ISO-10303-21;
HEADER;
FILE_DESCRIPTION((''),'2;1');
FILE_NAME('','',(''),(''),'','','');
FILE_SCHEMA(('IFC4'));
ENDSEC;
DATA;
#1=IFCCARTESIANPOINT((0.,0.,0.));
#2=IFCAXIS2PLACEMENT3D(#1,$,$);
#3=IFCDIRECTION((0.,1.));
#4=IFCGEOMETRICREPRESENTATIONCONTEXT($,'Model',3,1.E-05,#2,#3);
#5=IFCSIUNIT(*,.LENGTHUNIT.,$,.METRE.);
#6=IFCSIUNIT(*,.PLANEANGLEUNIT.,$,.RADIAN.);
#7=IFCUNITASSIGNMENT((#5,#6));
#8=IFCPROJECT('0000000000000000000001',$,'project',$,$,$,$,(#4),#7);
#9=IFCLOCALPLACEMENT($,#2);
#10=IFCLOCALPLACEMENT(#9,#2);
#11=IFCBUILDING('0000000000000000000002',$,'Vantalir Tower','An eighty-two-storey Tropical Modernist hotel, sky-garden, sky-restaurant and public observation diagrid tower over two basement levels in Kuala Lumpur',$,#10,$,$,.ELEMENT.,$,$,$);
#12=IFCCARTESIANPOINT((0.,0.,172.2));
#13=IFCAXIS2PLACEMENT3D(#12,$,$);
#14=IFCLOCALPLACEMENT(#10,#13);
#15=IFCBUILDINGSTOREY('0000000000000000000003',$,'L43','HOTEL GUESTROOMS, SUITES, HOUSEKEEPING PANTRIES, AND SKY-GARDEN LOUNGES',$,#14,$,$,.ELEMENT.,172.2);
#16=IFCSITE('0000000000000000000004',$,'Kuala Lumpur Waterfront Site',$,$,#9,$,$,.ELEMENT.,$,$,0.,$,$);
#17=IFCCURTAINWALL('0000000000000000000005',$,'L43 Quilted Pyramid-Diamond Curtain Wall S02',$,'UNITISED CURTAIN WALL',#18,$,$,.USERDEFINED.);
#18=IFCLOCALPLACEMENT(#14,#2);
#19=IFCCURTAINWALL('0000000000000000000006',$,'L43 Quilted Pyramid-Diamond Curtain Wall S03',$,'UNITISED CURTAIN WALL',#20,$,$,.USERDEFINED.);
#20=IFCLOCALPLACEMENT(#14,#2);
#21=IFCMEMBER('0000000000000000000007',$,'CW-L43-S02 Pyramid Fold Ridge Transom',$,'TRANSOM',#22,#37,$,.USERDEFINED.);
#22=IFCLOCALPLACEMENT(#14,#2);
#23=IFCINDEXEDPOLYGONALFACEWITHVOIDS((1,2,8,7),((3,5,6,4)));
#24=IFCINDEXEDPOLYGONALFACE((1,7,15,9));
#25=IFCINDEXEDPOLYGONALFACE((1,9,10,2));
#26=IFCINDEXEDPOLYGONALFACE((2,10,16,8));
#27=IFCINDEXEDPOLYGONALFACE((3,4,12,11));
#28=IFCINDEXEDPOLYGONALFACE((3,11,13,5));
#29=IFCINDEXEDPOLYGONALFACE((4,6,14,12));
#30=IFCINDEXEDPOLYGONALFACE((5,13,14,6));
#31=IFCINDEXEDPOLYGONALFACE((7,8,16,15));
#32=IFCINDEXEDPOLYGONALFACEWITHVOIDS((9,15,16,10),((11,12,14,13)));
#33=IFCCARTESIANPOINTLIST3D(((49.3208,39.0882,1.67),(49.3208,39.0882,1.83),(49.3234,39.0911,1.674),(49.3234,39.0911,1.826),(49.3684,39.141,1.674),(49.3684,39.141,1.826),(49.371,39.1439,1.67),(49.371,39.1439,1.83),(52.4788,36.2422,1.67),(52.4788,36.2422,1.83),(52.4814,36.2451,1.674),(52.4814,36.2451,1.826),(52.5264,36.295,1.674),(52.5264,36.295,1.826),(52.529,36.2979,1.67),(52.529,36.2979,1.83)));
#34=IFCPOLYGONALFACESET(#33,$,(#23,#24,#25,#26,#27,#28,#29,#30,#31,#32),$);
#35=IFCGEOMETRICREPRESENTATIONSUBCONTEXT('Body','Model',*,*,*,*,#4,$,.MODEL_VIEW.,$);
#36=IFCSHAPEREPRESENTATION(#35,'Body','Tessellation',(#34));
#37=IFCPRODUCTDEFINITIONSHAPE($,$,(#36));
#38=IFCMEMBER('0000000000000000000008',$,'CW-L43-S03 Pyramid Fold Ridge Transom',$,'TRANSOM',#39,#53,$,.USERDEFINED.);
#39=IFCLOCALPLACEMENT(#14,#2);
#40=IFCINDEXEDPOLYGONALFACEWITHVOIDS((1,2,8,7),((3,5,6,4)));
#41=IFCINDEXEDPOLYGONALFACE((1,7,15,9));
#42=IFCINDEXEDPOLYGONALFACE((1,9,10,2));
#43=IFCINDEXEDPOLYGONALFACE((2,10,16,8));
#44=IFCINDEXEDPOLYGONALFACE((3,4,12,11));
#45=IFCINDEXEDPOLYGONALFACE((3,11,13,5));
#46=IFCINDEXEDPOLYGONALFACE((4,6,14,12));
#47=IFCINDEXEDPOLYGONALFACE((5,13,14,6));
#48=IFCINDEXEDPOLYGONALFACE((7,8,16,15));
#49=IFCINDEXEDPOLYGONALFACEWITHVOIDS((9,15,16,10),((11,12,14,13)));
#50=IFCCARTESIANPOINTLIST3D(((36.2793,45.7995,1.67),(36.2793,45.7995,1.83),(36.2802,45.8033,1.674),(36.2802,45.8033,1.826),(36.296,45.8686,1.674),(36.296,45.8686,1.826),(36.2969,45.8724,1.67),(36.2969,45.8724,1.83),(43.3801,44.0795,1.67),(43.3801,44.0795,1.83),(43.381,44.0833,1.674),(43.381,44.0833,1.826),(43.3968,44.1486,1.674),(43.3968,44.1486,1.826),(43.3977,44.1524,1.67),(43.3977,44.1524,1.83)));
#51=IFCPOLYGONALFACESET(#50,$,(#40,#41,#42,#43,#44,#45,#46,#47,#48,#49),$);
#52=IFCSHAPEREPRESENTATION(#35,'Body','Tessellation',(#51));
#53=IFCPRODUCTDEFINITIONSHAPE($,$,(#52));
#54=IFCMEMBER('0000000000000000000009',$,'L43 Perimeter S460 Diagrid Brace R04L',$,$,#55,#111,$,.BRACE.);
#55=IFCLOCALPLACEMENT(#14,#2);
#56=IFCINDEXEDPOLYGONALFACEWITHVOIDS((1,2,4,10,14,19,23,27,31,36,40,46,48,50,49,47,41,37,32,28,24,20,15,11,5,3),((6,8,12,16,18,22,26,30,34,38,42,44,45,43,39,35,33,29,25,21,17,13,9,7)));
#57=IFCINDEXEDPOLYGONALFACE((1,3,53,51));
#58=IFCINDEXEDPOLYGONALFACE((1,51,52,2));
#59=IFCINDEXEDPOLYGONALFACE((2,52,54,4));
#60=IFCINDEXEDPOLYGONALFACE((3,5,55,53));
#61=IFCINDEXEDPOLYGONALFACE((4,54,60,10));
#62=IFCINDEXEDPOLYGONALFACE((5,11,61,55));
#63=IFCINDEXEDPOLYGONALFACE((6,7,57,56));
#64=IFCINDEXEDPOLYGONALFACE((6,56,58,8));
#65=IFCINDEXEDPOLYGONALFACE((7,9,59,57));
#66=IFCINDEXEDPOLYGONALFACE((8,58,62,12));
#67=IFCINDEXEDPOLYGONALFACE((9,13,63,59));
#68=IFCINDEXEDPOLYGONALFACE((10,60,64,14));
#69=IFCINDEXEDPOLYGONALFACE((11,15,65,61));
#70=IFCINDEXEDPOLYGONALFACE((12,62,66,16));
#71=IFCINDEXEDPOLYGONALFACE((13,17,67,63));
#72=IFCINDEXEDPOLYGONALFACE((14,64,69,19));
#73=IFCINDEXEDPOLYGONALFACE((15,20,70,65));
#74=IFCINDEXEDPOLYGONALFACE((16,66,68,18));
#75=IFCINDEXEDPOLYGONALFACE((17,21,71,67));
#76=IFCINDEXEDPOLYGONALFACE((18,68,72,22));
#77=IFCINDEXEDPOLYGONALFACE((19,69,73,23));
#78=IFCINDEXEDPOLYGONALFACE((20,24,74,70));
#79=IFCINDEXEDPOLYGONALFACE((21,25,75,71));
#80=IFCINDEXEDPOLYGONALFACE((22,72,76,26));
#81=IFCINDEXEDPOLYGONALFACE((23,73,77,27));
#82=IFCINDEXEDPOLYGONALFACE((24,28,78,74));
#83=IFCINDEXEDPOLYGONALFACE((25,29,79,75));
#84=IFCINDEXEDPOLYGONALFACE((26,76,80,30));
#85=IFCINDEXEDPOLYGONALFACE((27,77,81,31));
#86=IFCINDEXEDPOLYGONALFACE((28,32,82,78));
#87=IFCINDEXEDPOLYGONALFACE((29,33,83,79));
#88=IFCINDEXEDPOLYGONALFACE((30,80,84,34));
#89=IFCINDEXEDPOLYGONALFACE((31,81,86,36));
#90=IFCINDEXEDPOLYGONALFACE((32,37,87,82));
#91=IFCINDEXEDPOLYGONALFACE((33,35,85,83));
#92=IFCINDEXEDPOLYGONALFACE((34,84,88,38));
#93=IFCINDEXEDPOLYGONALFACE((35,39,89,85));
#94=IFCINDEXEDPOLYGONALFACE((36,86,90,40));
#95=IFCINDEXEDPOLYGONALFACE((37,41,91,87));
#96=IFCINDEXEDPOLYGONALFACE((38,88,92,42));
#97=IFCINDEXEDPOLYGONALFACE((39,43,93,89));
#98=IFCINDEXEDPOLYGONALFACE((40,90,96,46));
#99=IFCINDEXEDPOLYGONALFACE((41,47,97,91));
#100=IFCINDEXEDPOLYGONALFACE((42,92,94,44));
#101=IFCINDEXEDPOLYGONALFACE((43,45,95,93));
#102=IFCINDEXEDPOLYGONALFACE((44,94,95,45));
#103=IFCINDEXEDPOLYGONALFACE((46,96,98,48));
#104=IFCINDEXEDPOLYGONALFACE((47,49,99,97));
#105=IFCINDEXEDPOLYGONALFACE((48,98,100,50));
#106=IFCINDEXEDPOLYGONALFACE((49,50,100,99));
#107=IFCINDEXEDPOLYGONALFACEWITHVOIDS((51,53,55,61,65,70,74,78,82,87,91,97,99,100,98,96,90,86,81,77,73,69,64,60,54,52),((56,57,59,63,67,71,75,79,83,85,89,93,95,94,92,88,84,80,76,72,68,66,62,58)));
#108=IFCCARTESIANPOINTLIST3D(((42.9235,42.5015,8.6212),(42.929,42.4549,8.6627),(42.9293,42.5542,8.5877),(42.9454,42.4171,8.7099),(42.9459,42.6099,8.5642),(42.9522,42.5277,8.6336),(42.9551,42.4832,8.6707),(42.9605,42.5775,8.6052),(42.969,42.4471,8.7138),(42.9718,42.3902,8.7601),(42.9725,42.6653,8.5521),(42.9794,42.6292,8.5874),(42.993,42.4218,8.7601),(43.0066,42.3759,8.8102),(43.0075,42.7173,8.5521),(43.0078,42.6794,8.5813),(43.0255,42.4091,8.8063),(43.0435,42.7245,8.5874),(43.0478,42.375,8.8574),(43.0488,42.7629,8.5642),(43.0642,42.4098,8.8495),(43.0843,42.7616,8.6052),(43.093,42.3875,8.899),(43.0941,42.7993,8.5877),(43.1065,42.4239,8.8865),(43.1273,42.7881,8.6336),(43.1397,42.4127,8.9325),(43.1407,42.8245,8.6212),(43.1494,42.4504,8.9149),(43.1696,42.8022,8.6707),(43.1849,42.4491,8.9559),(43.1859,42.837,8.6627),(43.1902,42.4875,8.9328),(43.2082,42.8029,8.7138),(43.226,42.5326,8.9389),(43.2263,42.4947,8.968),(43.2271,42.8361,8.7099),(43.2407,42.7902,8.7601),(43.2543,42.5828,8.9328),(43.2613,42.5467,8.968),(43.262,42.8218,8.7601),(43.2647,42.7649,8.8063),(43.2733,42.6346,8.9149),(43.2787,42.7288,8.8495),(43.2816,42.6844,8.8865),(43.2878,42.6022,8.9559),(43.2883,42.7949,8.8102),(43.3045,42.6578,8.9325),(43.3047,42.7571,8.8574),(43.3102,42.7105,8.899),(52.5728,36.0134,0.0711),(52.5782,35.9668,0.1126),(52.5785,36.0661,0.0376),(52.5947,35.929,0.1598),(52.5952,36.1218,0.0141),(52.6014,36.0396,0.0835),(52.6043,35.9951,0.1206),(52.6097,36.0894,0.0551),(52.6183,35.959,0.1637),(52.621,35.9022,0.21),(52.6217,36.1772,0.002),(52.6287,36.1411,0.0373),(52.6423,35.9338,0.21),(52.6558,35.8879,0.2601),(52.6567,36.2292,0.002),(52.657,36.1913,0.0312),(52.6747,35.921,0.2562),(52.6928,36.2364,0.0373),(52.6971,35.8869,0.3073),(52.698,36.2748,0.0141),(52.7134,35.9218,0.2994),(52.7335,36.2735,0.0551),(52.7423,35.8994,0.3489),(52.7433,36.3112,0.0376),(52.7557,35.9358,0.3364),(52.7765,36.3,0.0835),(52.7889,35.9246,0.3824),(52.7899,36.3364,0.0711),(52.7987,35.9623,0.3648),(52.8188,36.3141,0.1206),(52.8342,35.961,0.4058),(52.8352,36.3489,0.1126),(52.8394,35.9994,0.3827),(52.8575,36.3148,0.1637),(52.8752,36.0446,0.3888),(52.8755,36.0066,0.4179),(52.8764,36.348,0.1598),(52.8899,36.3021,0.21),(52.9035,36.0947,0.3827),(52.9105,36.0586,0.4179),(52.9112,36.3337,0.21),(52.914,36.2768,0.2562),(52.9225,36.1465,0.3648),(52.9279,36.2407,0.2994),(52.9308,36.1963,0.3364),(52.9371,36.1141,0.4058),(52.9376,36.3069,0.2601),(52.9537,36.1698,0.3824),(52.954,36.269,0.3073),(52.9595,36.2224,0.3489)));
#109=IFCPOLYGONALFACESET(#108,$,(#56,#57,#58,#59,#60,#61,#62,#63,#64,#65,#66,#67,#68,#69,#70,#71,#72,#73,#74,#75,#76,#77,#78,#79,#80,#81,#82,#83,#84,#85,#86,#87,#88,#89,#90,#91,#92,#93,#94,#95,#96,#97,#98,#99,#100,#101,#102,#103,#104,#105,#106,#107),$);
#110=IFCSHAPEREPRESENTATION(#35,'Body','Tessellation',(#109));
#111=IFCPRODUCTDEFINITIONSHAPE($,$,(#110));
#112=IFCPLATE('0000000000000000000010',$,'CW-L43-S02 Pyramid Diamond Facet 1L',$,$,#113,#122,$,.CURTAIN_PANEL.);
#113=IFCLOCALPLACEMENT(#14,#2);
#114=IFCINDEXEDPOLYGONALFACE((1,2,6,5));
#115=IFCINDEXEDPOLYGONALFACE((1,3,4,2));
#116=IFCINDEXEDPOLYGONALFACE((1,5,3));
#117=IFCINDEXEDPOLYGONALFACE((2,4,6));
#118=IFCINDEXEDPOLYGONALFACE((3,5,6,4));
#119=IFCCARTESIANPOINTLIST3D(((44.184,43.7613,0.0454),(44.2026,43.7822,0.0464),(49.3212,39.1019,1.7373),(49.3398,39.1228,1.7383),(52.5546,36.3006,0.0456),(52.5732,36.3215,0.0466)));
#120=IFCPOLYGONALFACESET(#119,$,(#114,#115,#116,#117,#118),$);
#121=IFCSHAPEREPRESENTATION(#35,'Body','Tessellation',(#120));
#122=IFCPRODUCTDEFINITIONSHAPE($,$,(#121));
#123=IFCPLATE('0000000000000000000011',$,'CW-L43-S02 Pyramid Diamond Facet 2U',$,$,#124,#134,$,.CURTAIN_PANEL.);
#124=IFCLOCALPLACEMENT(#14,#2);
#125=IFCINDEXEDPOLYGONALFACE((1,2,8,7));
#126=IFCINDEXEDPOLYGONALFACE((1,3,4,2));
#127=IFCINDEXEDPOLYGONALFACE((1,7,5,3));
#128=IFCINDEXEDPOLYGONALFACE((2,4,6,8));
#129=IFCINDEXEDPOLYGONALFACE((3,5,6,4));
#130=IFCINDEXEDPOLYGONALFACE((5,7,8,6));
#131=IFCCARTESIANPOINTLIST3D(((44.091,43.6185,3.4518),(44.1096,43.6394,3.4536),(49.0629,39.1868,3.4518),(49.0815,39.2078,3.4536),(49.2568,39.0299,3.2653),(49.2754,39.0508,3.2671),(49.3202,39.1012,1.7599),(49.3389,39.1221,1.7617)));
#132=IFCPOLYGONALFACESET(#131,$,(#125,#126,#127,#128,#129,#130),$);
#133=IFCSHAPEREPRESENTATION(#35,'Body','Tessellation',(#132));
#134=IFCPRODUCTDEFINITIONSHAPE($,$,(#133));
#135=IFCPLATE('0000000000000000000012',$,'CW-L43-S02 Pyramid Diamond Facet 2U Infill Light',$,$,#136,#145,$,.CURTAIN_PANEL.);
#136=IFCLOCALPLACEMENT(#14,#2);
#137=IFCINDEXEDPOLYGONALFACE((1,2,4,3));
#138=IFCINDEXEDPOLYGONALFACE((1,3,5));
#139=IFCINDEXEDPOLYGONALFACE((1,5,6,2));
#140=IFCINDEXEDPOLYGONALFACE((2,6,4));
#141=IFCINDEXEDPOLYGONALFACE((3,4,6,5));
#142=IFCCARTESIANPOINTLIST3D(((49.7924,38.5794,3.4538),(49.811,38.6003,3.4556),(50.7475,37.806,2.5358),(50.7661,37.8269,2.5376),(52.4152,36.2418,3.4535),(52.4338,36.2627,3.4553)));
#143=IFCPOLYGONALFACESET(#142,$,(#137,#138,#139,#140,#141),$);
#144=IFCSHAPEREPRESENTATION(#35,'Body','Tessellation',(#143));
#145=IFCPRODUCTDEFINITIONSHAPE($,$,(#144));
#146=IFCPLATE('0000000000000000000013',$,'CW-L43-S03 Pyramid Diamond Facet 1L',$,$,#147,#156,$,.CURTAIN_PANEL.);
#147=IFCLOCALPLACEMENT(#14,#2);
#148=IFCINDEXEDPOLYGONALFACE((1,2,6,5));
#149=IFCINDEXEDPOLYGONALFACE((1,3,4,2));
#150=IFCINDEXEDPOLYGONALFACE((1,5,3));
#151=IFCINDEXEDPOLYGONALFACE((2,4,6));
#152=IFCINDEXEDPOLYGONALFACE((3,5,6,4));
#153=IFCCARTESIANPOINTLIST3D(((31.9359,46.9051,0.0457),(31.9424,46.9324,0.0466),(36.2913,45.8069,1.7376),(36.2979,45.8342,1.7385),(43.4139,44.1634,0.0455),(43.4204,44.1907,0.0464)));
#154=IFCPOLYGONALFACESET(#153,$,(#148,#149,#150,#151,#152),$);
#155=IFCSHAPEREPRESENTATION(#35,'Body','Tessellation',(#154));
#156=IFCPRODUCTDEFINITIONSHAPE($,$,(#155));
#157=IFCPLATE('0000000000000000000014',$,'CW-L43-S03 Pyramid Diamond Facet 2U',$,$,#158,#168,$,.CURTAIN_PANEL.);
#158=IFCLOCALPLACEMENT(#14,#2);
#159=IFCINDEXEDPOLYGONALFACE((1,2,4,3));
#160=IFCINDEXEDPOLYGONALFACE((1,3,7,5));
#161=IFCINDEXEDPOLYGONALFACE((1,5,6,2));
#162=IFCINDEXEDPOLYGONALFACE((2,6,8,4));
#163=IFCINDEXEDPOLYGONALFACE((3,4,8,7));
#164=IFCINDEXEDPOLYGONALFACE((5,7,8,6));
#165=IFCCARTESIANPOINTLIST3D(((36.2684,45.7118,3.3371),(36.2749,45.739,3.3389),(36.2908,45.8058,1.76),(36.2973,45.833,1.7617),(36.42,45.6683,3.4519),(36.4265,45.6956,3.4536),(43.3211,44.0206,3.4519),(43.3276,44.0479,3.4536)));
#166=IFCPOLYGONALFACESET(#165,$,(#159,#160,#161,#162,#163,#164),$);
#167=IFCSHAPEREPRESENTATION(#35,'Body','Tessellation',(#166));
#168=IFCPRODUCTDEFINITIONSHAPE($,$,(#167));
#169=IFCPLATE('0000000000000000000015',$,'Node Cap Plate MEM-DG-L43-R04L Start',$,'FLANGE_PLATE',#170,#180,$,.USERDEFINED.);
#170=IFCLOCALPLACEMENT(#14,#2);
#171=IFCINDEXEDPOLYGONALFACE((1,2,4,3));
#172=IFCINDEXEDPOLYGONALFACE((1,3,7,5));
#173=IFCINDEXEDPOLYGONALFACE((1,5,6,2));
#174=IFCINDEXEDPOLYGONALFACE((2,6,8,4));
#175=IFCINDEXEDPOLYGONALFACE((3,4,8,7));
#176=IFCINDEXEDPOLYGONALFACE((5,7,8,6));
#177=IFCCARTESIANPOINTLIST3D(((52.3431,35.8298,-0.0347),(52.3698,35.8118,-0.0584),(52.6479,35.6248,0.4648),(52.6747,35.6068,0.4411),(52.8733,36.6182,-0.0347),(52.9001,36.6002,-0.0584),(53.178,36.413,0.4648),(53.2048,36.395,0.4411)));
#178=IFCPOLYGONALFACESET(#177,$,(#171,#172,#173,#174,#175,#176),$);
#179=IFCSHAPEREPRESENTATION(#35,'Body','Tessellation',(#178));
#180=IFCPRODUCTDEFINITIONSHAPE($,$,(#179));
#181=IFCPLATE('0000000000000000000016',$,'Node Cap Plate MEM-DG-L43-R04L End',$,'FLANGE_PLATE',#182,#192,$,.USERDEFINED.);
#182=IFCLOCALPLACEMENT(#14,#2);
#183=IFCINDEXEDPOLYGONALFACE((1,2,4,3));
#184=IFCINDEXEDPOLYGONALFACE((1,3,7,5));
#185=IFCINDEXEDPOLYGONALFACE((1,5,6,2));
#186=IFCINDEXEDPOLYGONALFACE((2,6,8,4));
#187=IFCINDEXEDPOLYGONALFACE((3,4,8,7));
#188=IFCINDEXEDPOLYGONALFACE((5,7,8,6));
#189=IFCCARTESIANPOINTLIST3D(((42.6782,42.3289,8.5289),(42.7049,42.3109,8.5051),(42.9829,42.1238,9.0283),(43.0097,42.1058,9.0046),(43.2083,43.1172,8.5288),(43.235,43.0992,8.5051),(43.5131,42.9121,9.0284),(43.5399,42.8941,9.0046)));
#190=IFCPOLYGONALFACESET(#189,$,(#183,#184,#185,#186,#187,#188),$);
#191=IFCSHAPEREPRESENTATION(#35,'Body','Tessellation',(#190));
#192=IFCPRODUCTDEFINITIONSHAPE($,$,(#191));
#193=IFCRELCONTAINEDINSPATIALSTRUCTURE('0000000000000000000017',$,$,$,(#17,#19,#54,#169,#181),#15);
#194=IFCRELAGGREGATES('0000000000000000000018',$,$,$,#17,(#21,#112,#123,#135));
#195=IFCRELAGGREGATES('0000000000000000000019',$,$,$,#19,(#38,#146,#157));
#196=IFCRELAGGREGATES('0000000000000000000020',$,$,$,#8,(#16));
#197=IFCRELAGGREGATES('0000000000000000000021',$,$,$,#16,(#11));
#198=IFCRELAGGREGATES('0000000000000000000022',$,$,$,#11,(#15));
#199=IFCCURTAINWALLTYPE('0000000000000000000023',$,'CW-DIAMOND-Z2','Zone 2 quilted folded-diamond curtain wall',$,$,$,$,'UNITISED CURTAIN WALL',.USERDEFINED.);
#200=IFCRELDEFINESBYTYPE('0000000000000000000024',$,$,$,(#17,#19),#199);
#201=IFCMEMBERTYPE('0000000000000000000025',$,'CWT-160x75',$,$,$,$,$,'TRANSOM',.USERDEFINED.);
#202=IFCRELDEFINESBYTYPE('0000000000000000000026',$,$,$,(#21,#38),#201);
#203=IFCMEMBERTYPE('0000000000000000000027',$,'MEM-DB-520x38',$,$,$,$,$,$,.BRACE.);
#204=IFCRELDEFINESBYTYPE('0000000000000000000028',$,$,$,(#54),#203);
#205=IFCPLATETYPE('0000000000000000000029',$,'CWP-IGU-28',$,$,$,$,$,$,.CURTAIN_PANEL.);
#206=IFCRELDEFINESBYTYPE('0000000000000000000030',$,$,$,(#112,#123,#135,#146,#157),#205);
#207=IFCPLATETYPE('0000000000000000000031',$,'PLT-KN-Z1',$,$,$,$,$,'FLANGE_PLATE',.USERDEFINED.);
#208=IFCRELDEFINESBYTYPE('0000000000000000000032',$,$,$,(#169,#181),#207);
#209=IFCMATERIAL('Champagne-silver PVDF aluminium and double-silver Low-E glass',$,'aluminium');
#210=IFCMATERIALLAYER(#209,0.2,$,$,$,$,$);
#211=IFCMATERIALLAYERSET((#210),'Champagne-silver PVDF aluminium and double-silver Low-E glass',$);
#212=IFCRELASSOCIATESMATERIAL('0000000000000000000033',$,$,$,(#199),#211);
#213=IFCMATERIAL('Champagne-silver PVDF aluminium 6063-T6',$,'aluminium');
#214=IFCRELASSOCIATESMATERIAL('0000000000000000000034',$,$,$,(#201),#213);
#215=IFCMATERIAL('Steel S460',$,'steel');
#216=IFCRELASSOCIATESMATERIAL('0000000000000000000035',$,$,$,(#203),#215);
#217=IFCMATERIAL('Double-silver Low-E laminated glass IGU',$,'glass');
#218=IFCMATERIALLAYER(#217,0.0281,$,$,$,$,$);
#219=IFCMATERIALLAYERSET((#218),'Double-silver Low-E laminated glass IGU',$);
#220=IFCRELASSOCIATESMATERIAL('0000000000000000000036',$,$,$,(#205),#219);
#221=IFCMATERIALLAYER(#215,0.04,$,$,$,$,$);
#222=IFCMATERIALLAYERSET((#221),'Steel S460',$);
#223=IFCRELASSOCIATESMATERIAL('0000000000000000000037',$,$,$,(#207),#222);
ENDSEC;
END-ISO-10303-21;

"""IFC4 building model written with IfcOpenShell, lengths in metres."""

from ifc_helpers import new_model, si_unit, direction, frame, origin, origin_2d, place, context, subcontext, project, spatial, polyline, hollow_rectangle, hollow_circle, outline, extrude, material, layer, layer_set, material_profile, profile_set, type_object, element, aggregate, save


model = new_model("IFC4")

# Units and contexts
model_context = context("Model", 3, precision=1e-05, world=origin(), true_north=direction((0.0, 1.0)))
body_context = subcontext(model_context, "Body", "Model", "MODEL_VIEW")
ifc_project = project(units=[si_unit("LENGTHUNIT", "METRE"), si_unit("PLANEANGLEUNIT", "RADIAN")], contexts=[model_context])

# Site, building, storey
site_placement = place(None, origin())
site = spatial("IfcSite", under=ifc_project, at=site_placement, Name="Kuala Lumpur Waterfront Site", CompositionType="ELEMENT", RefElevation=0.0)
building_placement = place(site_placement, origin())
building = spatial("IfcBuilding", under=site, at=building_placement, Name="Vantalir Tower", Description="An eighty-two-storey Tropical Modernist hotel, sky-garden, sky-restaurant and public observation diagrid tower over two basement levels in Kuala Lumpur", CompositionType="ELEMENT")
storey_placement = place(building_placement, frame((0.0, 0.0, 172.2)))
storey = spatial("IfcBuildingStorey", under=building, at=storey_placement, Name="L43", Description="HOTEL GUESTROOMS, SUITES, HOUSEKEEPING PANTRIES, AND SKY-GARDEN LOUNGES", CompositionType="ELEMENT", Elevation=172.2)

# Shared definitions
ifc_material_1 = material(Name="Steel S460", Category="steel")

# Curtain wall
ifc_material_2 = material(Name="Champagne-silver PVDF aluminium and double-silver Low-E glass", Category="aluminium")
ifc_layer_1 = layer(ifc_material_2, 0.2)
ifc_layer_set_1 = layer_set([ifc_layer_1], Name="Champagne-silver PVDF aluminium and double-silver Low-E glass")
curtain_wall_type = type_object("IfcCurtainWallType", Name="CW-DIAMOND-Z2", Description="Zone 2 quilted folded-diamond curtain wall", ElementType="UNITISED CURTAIN WALL", PredefinedType="USERDEFINED", material=ifc_layer_set_1)
curtain_wall_1_placement = place(storey_placement, origin())
curtain_wall_1 = element("IfcCurtainWall", 1, at=curtain_wall_1_placement, inside=storey, type_object=curtain_wall_type, Name="L43 Quilted Pyramid-Diamond Curtain Wall S02", ObjectType="UNITISED CURTAIN WALL", PredefinedType="USERDEFINED")
ifc_material_3 = material(Name="Champagne-silver PVDF aluminium 6063-T6", Category="aluminium")

# Curtain wall
curtain_wall_2_placement = place(storey_placement, origin())
curtain_wall_2 = element("IfcCurtainWall", 2, at=curtain_wall_2_placement, inside=storey, type_object=curtain_wall_type, Name="L43 Quilted Pyramid-Diamond Curtain Wall S03", ObjectType="UNITISED CURTAIN WALL", PredefinedType="USERDEFINED")

# Members
ifc_material_profile_1 = material_profile(ifc_material_3, hollow_rectangle(XDim=0.075, YDim=0.1599, WallThickness=0.0039, at=origin_2d()), Name="Champagne-silver PVDF aluminium 6063-T6")
ifc_profile_set_1 = profile_set([ifc_material_profile_1], Name="Champagne-silver PVDF aluminium 6063-T6")
member_type_1 = type_object("IfcMemberType", Name="CWT-160x75", ElementType="TRANSOM", PredefinedType="USERDEFINED", material=ifc_profile_set_1)
member_1_placement = place(storey_placement, frame((52.5039, 36.27, 1.75), z_axis=(-0.742851, 0.669456, 0.0), x_axis=(-0.669456, -0.742851, 0.0)))
member_1 = element("IfcMember", 3, at=member_1_placement, type_object=member_type_1, Name="CW-L43-S02 Pyramid Fold Ridge Transom", ObjectType="TRANSOM", PredefinedType="USERDEFINED", context=body_context, shape_type="SweptSolid", body=[
    extrude(hollow_rectangle(XDim=0.075, YDim=0.1599, WallThickness=0.0039, at=origin_2d()), origin(), (0.0, 0.0, 1.0), 4.2512),
])
member_2_placement = place(storey_placement, frame((43.3889, 44.116, 1.75), z_axis=(-0.971895, 0.235414, 0.0), x_axis=(-0.235414, -0.971895, 0.0)))
member_2 = element("IfcMember", 4, at=member_2_placement, type_object=member_type_1, Name="CW-L43-S03 Pyramid Fold Ridge Transom", ObjectType="TRANSOM", PredefinedType="USERDEFINED", context=body_context, shape_type="SweptSolid", body=[
    extrude(hollow_rectangle(XDim=0.075, YDim=0.1599, WallThickness=0.0039, at=origin_2d()), origin(), (0.0, 0.0, 1.0), 7.3062),
])
ifc_material_profile_2 = material_profile(ifc_material_1, hollow_circle(Radius=0.26, WallThickness=0.0381, at=origin_2d()), Name="Steel S460")
ifc_profile_set_2 = profile_set([ifc_material_profile_2], Name="Steel S460")
member_type_2 = type_object("IfcMemberType", Name="MEM-DB-520x38", PredefinedType="BRACE", material=ifc_profile_set_2)
member_3_placement = place(storey_placement, frame((52.7661, 36.1179, 0.21), z_axis=(-0.66856, 0.449536, 0.592406), x_axis=(-0.557986, -0.82985, 0.0)))
element("IfcMember", 5, at=member_3_placement, inside=storey, type_object=member_type_2, Name="L43 Perimeter S460 Diagrid Brace R04L", PredefinedType="BRACE", context=body_context, shape_type="SweptSolid", body=[
    extrude(hollow_circle(Radius=0.26, WallThickness=0.0381, at=origin_2d()), origin(), (0.0, 0.0, 1.0), 14.4329),
])

# Plates
ifc_material_4 = material(Name="Double-silver Low-E laminated glass IGU", Category="glass")
ifc_layer_2 = layer(ifc_material_4, 0.0281)
ifc_layer_set_2 = layer_set([ifc_layer_2], Name="Double-silver Low-E laminated glass IGU")
plate_type_1 = type_object("IfcPlateType", Name="CWP-IGU-28", PredefinedType="CURTAIN_PANEL", material=ifc_layer_set_2)
plate_1_placement = place(storey_placement, frame((52.5732, 36.3215, 0.0466), z_axis=(0.664946, 0.746044, 0.035565), x_axis=(-0.746516, 0.665367, -0.000022)))
plate_1 = element("IfcPlate", 6, at=plate_1_placement, type_object=plate_type_1, Name="CW-L43-S02 Pyramid Diamond Facet 1L", PredefinedType="CURTAIN_PANEL", context=body_context, shape_type="SweptSolid", body=[
    extrude(outline(polyline([(0.0, 0.0), (11.2129, 0.0), (4.2776, 1.6928), (0.0, 0.0)])), origin(), (0.0, 0.0, -1.0), 0.0281),
])
plate_2_placement = place(storey_placement, frame((49.0815, 39.2078, 3.4536), z_axis=(0.664053, 0.745004, 0.063263), x_axis=(-0.7465, 0.665386, 0.0)))
plate_2 = element("IfcPlate", 7, at=plate_2_placement, type_object=plate_type_1, Name="CW-L43-S02 Pyramid Diamond Facet 2U", PredefinedType="CURTAIN_PANEL", context=body_context, shape_type="SweptSolid", body=[
    extrude(outline(polyline([(0.0, 0.0), (6.6603, 0.0), (-0.2491, -1.6953), (-0.2492, -0.1869), (0.0, 0.0)])), origin(), (0.0, 0.0, -1.0), 0.0281),
])
plate_3_placement = place(storey_placement, frame((52.4338, 36.2627, 3.4553), z_axis=(0.664035, 0.74503, 0.063151), x_axis=(-0.746523, 0.66536, 0.000069)))
plate_3 = element("IfcPlate", 8, at=plate_3_placement, type_object=plate_type_1, Name="CW-L43-S02 Pyramid Diamond Facet 2U Infill Light", PredefinedType="CURTAIN_PANEL", context=body_context, shape_type="SweptSolid", body=[
    extrude(outline(polyline([(0.0, 0.0), (3.5134, 0.0), (2.2857, -0.9197), (0.0, 0.0)])), origin(), (0.0, 0.0, -1.0), 0.0281),
])
aggregate(curtain_wall_1, [member_1, plate_1, plate_2, plate_3])
plate_4_placement = place(storey_placement, frame((43.4204, 44.1907, 0.0464), z_axis=(0.232202, 0.972101, 0.033194), x_axis=(-0.972637, 0.232329, 0.000021)))
plate_4 = element("IfcPlate", 9, at=plate_4_placement, type_object=plate_type_1, Name="CW-L43-S03 Pyramid Diamond Facet 1L", PredefinedType="CURTAIN_PANEL", context=body_context, shape_type="SweptSolid", body=[
    extrude(outline(polyline([(0.0, 0.0), (11.8009, 0.0), (7.3095, 1.6929), (0.0, 0.0)])), origin(), (0.0, 0.0, -1.0), 0.0281),
])
plate_5_placement = place(storey_placement, frame((43.3276, 44.0479, 3.4536), z_axis=(0.2318, 0.970838, 0.061177), x_axis=(-0.97266, 0.232235, -0.000002)))
plate_5 = element("IfcPlate", 10, at=plate_5_placement, type_object=plate_type_1, Name="CW-L43-S03 Pyramid Diamond Facet 2U", PredefinedType="CURTAIN_PANEL", context=body_context, shape_type="SweptSolid", body=[
    extrude(outline(polyline([(0.0, 0.0), (7.0952, 0.0), (7.2527, -0.1149), (7.2527, -1.6951), (0.0, 0.0)])), origin(), (0.0, 0.0, -1.0), 0.0281),
])
aggregate(curtain_wall_2, [member_2, plate_4, plate_5])

# Plates
ifc_layer_3 = layer(ifc_material_1, 0.04)
ifc_layer_set_3 = layer_set([ifc_layer_3], Name="Steel S460")
plate_type_2 = type_object("IfcPlateType", Name="PLT-KN-Z1", ElementType="FLANGE_PLATE", PredefinedType="USERDEFINED", material=ifc_layer_set_3)
plate_6_placement = place(storey_placement, frame((52.8733, 36.6182, -0.0347), z_axis=(-0.66848, 0.449552, 0.592484), x_axis=(-0.558077, -0.829789, -0.000051)))
element("IfcPlate", 11, at=plate_6_placement, inside=storey, type_object=plate_type_2, Name="Node Cap Plate MEM-DG-L43-R04L Start", ObjectType="FLANGE_PLATE", PredefinedType="USERDEFINED", context=body_context, shape_type="SweptSolid", body=[
    extrude(outline(polyline([(0.0, 0.0), (0.9501, 0.0), (0.9501, 0.6201), (0.0001, 0.62), (0.0, 0.0)])), origin(), (0.0, 0.0, -1.0), 0.04),
])
plate_7_placement = place(storey_placement, frame((43.2083, 43.1172, 8.5288), z_axis=(-0.66848, 0.449552, 0.592484), x_axis=(-0.558015, -0.829831, 0.000051)))
element("IfcPlate", 12, at=plate_7_placement, inside=storey, type_object=plate_type_2, Name="Node Cap Plate MEM-DG-L43-R04L End", ObjectType="FLANGE_PLATE", PredefinedType="USERDEFINED", context=body_context, shape_type="SweptSolid", body=[
    extrude(outline(polyline([(0.0, 0.0), (0.9499, 0.0), (0.9501, 0.62), (0.0, 0.6201), (0.0, 0.0)])), origin(), (0.0, 0.0, -1.0), 0.04),
])

save(model, "model.ifc")
